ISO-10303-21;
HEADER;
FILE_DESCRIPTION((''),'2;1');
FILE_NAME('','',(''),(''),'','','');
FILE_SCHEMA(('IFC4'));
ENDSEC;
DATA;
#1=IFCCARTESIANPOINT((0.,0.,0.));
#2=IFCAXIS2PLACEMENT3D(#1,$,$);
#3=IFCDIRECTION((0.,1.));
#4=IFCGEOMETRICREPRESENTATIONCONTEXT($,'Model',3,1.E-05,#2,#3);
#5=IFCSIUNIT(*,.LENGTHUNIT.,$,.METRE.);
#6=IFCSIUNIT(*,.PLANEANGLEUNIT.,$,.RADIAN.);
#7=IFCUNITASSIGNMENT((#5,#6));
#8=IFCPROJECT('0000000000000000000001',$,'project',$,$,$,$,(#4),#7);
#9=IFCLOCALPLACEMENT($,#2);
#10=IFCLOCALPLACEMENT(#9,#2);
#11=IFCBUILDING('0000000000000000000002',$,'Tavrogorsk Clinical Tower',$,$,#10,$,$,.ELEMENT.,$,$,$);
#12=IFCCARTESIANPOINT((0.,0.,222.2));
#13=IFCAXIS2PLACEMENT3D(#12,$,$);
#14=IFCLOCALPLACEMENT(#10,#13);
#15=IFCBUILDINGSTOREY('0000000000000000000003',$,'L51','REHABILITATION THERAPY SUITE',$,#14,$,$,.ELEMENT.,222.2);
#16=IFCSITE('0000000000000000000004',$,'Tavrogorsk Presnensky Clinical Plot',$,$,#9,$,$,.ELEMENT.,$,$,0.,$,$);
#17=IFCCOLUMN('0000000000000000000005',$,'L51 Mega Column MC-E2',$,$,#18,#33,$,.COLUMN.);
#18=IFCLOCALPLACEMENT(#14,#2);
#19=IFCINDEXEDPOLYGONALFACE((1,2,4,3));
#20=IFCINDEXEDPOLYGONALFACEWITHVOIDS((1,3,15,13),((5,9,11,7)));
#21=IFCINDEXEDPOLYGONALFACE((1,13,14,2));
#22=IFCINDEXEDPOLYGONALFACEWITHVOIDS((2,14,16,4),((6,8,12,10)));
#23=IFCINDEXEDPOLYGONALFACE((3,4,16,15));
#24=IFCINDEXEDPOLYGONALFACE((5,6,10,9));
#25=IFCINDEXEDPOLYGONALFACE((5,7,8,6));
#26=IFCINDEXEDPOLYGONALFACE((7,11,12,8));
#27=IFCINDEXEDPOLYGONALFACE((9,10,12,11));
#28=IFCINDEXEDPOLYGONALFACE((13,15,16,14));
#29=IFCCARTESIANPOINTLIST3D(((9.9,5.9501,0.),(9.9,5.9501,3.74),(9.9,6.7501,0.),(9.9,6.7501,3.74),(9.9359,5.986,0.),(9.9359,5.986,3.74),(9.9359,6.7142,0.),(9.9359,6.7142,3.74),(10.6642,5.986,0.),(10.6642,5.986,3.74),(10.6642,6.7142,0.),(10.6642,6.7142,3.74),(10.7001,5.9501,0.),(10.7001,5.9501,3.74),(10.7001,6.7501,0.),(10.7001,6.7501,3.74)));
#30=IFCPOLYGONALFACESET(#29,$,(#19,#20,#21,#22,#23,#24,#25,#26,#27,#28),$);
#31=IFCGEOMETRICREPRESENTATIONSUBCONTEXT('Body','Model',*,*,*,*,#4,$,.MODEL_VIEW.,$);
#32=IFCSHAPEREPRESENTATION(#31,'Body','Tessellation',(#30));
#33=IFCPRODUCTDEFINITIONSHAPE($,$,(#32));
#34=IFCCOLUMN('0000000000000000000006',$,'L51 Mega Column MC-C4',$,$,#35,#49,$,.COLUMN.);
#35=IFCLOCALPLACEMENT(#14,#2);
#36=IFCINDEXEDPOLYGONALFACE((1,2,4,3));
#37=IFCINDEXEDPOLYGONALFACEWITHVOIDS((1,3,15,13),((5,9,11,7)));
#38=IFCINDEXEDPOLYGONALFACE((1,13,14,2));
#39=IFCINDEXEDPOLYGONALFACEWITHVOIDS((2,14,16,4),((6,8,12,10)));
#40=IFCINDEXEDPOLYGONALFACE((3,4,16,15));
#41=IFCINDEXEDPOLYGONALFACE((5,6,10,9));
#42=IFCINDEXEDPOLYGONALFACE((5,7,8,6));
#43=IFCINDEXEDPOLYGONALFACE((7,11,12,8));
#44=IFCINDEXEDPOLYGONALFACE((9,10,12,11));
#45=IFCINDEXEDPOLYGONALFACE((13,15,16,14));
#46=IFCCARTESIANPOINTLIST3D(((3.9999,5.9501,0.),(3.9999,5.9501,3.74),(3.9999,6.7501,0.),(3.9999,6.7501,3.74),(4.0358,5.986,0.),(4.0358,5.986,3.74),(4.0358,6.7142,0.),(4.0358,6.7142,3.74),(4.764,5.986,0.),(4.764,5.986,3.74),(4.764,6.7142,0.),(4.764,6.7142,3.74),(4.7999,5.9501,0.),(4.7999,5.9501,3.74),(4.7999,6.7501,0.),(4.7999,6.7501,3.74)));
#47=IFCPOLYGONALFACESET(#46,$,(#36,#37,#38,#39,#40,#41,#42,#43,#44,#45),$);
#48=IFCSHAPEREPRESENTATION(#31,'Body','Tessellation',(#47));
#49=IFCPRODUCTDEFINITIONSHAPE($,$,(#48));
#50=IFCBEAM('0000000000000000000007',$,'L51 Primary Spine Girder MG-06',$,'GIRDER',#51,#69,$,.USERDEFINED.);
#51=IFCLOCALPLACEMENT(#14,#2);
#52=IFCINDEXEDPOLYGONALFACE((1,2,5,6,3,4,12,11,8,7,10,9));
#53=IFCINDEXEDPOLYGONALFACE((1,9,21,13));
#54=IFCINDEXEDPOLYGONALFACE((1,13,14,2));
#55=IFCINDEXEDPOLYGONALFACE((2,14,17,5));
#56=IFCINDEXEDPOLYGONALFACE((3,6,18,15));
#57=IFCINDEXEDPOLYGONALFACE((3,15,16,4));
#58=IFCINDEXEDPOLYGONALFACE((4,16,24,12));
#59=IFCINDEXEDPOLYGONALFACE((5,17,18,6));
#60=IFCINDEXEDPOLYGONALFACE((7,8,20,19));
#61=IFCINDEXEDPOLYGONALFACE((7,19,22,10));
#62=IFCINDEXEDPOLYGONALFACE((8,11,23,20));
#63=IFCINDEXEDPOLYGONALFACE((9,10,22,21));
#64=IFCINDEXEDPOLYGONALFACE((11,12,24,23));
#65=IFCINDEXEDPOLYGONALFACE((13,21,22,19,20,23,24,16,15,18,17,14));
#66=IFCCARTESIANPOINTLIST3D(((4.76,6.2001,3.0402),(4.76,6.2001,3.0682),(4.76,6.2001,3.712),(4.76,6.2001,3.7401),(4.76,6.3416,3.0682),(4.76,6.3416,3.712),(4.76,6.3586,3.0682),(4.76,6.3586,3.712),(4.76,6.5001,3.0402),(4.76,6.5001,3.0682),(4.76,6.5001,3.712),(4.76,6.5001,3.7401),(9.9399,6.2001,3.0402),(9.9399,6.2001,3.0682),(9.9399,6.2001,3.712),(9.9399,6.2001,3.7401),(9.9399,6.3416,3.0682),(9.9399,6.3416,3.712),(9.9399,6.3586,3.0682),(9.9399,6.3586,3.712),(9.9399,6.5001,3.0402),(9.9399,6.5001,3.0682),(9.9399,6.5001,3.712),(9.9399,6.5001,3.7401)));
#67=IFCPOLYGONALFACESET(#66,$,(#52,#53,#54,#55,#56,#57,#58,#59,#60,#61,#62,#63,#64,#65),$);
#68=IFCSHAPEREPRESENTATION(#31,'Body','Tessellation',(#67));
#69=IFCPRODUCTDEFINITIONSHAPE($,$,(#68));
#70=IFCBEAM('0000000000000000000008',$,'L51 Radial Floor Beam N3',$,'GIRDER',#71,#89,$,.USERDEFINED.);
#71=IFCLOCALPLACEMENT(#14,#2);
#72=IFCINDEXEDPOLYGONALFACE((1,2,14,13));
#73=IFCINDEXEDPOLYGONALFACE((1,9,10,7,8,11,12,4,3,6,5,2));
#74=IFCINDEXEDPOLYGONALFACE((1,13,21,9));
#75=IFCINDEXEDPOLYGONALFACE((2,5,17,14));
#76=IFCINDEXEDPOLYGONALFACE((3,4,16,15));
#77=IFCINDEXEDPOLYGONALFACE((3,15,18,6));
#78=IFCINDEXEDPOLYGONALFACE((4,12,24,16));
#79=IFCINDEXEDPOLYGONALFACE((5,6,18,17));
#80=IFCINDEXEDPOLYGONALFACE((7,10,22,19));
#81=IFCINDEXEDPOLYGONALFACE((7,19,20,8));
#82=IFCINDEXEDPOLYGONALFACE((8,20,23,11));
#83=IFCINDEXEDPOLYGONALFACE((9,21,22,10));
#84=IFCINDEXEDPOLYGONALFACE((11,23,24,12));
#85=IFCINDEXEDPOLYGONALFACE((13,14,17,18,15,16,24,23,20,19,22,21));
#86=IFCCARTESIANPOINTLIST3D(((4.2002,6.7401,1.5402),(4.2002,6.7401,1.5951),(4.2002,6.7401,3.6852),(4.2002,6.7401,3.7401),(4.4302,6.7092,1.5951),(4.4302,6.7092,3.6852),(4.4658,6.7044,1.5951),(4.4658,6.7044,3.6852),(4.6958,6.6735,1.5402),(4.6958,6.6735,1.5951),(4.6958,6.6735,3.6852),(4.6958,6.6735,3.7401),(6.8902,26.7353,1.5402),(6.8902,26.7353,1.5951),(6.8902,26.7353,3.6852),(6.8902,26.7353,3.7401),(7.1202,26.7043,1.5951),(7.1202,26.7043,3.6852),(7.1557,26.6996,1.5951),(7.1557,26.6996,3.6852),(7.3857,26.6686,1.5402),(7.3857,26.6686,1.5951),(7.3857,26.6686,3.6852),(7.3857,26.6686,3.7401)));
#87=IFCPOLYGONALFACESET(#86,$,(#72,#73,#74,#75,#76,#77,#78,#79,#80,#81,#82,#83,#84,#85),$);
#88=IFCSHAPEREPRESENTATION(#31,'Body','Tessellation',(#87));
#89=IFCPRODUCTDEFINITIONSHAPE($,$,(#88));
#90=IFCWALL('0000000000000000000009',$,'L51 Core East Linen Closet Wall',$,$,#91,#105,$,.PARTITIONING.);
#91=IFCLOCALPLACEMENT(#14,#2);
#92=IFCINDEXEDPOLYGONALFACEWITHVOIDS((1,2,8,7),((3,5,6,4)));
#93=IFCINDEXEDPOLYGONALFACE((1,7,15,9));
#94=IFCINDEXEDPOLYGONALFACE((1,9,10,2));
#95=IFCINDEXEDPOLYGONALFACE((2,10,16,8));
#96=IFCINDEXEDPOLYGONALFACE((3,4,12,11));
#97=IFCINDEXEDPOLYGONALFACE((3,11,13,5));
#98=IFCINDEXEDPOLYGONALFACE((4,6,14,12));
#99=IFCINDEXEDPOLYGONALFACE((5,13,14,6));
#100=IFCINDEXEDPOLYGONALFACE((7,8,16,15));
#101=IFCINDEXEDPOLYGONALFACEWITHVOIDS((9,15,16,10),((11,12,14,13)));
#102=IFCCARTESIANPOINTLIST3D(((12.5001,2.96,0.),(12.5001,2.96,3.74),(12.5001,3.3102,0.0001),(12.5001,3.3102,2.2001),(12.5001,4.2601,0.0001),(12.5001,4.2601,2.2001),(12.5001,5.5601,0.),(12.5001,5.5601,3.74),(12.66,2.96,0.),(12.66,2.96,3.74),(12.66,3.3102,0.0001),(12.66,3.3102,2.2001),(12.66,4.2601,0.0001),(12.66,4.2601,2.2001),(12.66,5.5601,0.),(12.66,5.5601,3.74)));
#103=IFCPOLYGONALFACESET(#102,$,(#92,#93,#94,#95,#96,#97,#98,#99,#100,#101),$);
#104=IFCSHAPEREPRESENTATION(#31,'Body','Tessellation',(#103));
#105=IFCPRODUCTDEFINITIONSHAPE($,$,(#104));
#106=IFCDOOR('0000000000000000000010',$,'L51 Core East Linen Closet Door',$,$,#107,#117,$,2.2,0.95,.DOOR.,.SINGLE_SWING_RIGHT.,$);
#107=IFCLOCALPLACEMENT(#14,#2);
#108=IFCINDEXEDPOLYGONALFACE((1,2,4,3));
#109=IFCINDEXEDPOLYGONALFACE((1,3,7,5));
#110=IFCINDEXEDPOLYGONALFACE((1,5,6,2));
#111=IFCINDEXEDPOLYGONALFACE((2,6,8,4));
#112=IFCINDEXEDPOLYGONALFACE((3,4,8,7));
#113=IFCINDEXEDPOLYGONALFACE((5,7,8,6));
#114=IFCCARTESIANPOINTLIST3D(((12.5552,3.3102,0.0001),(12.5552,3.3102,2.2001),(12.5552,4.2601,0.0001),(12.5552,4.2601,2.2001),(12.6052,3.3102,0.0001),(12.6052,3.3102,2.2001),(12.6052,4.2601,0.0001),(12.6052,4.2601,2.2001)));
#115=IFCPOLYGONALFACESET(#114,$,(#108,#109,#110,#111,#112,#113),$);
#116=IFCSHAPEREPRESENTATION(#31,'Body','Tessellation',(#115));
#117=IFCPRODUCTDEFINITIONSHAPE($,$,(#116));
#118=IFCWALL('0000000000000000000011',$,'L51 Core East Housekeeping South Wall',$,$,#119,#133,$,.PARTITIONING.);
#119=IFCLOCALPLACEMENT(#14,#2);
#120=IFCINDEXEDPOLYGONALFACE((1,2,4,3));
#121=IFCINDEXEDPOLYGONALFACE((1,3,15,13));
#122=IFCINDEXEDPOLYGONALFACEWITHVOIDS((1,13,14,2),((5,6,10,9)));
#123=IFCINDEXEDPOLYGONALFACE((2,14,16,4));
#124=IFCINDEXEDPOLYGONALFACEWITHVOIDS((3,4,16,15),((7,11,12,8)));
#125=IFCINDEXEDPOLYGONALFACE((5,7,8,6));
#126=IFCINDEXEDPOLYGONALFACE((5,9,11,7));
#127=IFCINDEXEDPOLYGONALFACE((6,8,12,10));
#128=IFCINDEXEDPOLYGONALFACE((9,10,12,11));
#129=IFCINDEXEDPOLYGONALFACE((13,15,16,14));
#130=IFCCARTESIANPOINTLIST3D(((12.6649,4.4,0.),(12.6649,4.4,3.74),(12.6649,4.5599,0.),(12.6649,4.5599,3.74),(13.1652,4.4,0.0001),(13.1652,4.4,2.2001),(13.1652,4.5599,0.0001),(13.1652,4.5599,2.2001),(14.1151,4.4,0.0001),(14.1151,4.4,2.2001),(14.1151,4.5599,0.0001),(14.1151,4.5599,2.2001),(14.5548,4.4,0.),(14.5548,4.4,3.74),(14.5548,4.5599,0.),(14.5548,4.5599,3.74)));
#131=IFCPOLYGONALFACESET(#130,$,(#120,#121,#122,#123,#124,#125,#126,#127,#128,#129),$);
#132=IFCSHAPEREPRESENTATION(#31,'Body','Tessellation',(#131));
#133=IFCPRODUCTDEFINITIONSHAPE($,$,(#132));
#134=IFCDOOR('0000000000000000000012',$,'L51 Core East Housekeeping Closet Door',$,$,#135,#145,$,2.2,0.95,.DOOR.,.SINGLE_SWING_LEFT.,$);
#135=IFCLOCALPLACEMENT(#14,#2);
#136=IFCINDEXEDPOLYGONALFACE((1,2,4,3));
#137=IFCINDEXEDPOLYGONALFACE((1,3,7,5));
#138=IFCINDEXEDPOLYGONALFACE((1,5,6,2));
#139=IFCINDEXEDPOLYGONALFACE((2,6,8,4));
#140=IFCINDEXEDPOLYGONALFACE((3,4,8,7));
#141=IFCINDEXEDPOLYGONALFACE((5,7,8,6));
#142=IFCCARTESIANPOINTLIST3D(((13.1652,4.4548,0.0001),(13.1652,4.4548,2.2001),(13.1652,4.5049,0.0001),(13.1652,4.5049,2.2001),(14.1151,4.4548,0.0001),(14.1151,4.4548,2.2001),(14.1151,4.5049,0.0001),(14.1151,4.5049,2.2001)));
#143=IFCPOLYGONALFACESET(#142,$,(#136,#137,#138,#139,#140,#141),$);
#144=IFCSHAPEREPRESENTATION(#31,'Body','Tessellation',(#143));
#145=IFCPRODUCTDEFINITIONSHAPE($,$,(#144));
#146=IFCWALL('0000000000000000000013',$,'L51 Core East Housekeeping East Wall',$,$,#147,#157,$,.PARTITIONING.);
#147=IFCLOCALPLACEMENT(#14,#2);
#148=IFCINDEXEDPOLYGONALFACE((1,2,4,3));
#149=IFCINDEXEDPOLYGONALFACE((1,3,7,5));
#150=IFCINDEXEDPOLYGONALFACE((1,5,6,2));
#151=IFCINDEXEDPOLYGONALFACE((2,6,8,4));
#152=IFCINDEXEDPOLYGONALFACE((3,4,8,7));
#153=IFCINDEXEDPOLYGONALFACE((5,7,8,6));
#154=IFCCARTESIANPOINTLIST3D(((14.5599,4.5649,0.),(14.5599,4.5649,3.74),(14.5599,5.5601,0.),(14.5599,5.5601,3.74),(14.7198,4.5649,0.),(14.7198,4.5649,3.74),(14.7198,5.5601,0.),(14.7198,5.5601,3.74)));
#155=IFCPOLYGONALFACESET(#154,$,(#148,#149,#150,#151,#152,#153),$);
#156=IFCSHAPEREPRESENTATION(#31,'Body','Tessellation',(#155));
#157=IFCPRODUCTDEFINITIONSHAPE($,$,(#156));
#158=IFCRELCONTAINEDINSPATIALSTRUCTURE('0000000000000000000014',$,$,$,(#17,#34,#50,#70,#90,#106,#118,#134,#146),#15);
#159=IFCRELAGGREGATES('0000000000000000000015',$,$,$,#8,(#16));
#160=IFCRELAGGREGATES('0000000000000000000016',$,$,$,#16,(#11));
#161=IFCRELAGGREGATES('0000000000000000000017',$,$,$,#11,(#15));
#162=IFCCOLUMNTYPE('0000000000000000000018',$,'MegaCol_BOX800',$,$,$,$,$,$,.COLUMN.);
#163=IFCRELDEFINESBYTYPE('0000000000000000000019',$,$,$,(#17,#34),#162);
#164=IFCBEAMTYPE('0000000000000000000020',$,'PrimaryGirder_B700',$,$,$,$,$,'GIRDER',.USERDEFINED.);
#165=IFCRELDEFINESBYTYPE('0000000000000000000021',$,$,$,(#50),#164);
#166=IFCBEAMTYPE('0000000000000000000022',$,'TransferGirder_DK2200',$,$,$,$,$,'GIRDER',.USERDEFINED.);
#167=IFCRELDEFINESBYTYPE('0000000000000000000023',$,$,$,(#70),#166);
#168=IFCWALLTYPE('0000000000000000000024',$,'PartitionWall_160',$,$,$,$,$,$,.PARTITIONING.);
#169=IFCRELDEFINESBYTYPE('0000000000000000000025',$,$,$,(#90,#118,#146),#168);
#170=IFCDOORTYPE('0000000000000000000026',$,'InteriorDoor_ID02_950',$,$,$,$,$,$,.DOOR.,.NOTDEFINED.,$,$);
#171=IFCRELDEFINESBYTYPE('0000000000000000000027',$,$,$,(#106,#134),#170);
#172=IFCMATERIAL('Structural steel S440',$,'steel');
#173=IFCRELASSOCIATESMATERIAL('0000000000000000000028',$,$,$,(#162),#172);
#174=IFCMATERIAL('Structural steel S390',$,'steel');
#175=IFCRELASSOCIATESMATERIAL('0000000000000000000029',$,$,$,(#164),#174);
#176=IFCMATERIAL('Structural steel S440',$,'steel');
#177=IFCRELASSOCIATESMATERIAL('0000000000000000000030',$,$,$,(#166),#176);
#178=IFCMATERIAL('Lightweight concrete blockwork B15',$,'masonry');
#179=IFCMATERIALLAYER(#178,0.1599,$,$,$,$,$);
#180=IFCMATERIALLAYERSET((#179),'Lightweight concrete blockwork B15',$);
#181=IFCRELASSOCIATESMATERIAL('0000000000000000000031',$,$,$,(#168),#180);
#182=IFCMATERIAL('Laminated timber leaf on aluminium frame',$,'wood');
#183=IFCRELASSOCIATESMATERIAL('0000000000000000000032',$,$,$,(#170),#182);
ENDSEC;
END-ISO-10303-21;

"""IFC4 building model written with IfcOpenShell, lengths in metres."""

from ifc_helpers import new_model, si_unit, direction, frame, frame_2d, origin, origin_2d, place, context, subcontext, project, spatial, rectangle, hollow_rectangle, i_section, extrude, material, layer, layer_set, material_profile, profile_set, type_object, element, fill, save


model = new_model("IFC4")

# Units and contexts
model_context = context("Model", 3, precision=1e-05, world=origin(), true_north=direction((0.0, 1.0)))
body_context = subcontext(model_context, "Body", "Model", "MODEL_VIEW")
ifc_project = project(units=[si_unit("LENGTHUNIT", "METRE"), si_unit("PLANEANGLEUNIT", "RADIAN")], contexts=[model_context])

# Site, building, storey
site_placement = place(None, origin())
site = spatial("IfcSite", under=ifc_project, at=site_placement, Name="Tavrogorsk Presnensky Clinical Plot", CompositionType="ELEMENT", RefElevation=0.0)
building_placement = place(site_placement, origin())
building = spatial("IfcBuilding", under=site, at=building_placement, Name="Tavrogorsk Clinical Tower", CompositionType="ELEMENT")
storey_placement = place(building_placement, frame((0.0, 0.0, 222.2)))
storey = spatial("IfcBuildingStorey", under=building, at=storey_placement, Name="L51", Description="REHABILITATION THERAPY SUITE", CompositionType="ELEMENT", Elevation=222.2)

# Columns
ifc_material_1 = material(Name="Structural steel S440", Category="steel")
ifc_material_profile_1 = material_profile(ifc_material_1, hollow_rectangle(XDim=0.8, YDim=0.8, WallThickness=0.0359, at=origin_2d()), Name="BOX-800x800x36")
ifc_profile_set_1 = profile_set([ifc_material_profile_1], Name="Structural steel S440")
column_type = type_object("IfcColumnType", Name="MegaCol_BOX800", PredefinedType="COLUMN", material=ifc_profile_set_1)
for number, where, z_axis, x_axis, name in (
    (1, (10.3, 6.3501, 0.0), (0.0, 0.0, 1.0), (1.0, 0.0, 0.0), "L51 Mega Column MC-E2"),
    (2, (4.3999, 6.3501, 0.0), (0.0, 0.0, 1.0), (1.0, 0.0, 0.0), "L51 Mega Column MC-C4"),
):
    element("IfcColumn", number, at=place(storey_placement, frame(where, z_axis=z_axis, x_axis=x_axis)), inside=storey, type_object=column_type, Name=name, PredefinedType="COLUMN", context=body_context, shape_type="SweptSolid", body=[
        extrude(hollow_rectangle(XDim=0.8, YDim=0.8, WallThickness=0.0359, at=origin_2d()), origin(), (0.0, 0.0, 1.0), 3.74),
    ])

# Beams
ifc_material_2 = material(Name="Structural steel S390", Category="steel")
ifc_material_profile_2 = material_profile(ifc_material_2, i_section(OverallWidth=0.3, OverallDepth=0.7, WebThickness=0.0171, FlangeThickness=0.0281, at=origin_2d()), Name="B-700x300x17x28")
ifc_profile_set_2 = profile_set([ifc_material_profile_2], Name="Structural steel S390")
beam_type_1 = type_object("IfcBeamType", Name="PrimaryGirder_B700", ElementType="GIRDER", PredefinedType="USERDEFINED", material=ifc_profile_set_2)
beam_1_placement = place(storey_placement, frame((4.76, 6.3501, 3.3901), z_axis=(1.0, 0.0, 0.0), x_axis=(0.0, 1.0, 0.0)))
element("IfcBeam", 3, at=beam_1_placement, inside=storey, type_object=beam_type_1, Name="L51 Primary Spine Girder MG-06", ObjectType="GIRDER", PredefinedType="USERDEFINED", context=body_context, shape_type="SweptSolid", body=[
    extrude(i_section(OverallWidth=0.3, OverallDepth=0.7, WebThickness=0.0171, FlangeThickness=0.0281, at=origin_2d()), origin(), (0.0, 0.0, 1.0), 5.1799),
])
ifc_material_3 = material(Name="Structural steel S440", Category="steel")
ifc_material_profile_3 = material_profile(ifc_material_3, i_section(OverallWidth=0.5, OverallDepth=2.2, WebThickness=0.0359, FlangeThickness=0.0549, at=origin_2d()), Name="DK-2200x500x36x55")
ifc_profile_set_3 = profile_set([ifc_material_profile_3], Name="Structural steel S440")
beam_type_2 = type_object("IfcBeamType", Name="TransferGirder_DK2200", ElementType="GIRDER", PredefinedType="USERDEFINED", material=ifc_profile_set_3)
beam_2_placement = place(storey_placement, frame((4.448, 6.7068, 2.6401), z_axis=(0.133329, 0.991072, 0.0), x_axis=(-0.991072, 0.133329, 0.0)))
element("IfcBeam", 4, at=beam_2_placement, inside=storey, type_object=beam_type_2, Name="L51 Radial Floor Beam N3", ObjectType="GIRDER", PredefinedType="USERDEFINED", context=body_context, shape_type="SweptSolid", body=[
    extrude(i_section(OverallWidth=0.5, OverallDepth=2.2, WebThickness=0.0359, FlangeThickness=0.0549, at=origin_2d()), origin(), (0.0, 0.0, 1.0), 20.1753),
])

# Walls, openings, doors
ifc_material_4 = material(Name="Lightweight concrete blockwork B15", Category="masonry")
ifc_layer_1 = layer(ifc_material_4, 0.1599)
ifc_layer_set_1 = layer_set([ifc_layer_1], Name="Lightweight concrete blockwork B15")
wall_type_1 = type_object("IfcWallType", Name="PartitionWall_160", PredefinedType="PARTITIONING", material=ifc_layer_set_1)
wall_1_placement = place(storey_placement, frame((12.5801, 2.96, 0.0), z_axis=(0.0, 0.0, 1.0), x_axis=(0.0, 1.0, 0.0)))
wall_1 = element("IfcWall", 5, at=wall_1_placement, inside=storey, type_object=wall_type_1, Name="L51 Core East Linen Closet Wall", PredefinedType="PARTITIONING", context=body_context, shape_type="SweptSolid", body=[
    extrude(rectangle(XDim=2.6001, YDim=0.1599, at=frame_2d((1.3, 0.0))), origin(), (0.0, 0.0, 1.0), 3.74),
])
opening_1_placement = place(wall_1_placement, frame((0.3501, 0.0, 0.0)))
opening_1 = element("IfcOpeningElement", 6, at=opening_1_placement, cuts=wall_1, PredefinedType="OPENING", context=body_context, shape_type="SweptSolid", body=[
    extrude(rectangle(XDim=0.95, YDim=2.2, at=frame_2d((0.4751, 1.1001))), frame((0.0, 0.0898, 0.0), z_axis=(0.0, -1.0, 0.0), x_axis=(1.0, 0.0, 0.0)), (0.0, 0.0, 1.0), 0.1799),
])
ifc_material_5 = material(Name="Laminated timber leaf on aluminium frame", Category="wood")
door_type_1 = type_object("IfcDoorType", Name="InteriorDoor_ID02_950", OperationType="NOTDEFINED", PredefinedType="DOOR", material=ifc_material_5)
door_1_placement = place(opening_1_placement, origin())
door_1 = element("IfcDoor", 7, at=door_1_placement, inside=storey, type_object=door_type_1, Name="L51 Core East Linen Closet Door", OperationType="SINGLE_SWING_RIGHT", OverallHeight=2.2, OverallWidth=0.95, PredefinedType="DOOR", context=body_context, shape_type="SweptSolid", body=[
    extrude(rectangle(XDim=0.95, YDim=2.2, at=frame_2d((0.4751, 1.1001))), frame((0.0, 0.0249, 0.0), z_axis=(0.0, -1.0, 0.0), x_axis=(1.0, 0.0, 0.0)), (0.0, 0.0, 1.0), 0.05),
])
fill(opening_1, door_1)
wall_2_placement = place(storey_placement, frame((12.665, 4.48, 0.0), z_axis=(0.0, 0.0, 1.0), x_axis=(1.0, 0.0, 0.0)))
wall_2 = element("IfcWall", 8, at=wall_2_placement, inside=storey, type_object=wall_type_1, Name="L51 Core East Housekeeping South Wall", PredefinedType="PARTITIONING", context=body_context, shape_type="SweptSolid", body=[
    extrude(rectangle(XDim=1.8899, YDim=0.1599, at=frame_2d((0.9448, 0.0))), origin(), (0.0, 0.0, 1.0), 3.74),
])
opening_2_placement = place(wall_2_placement, frame((0.5, 0.0, 0.0)))
opening_2 = element("IfcOpeningElement", 9, at=opening_2_placement, cuts=wall_2, PredefinedType="OPENING", context=body_context, shape_type="SweptSolid", body=[
    extrude(rectangle(XDim=0.95, YDim=2.2, at=frame_2d((0.4751, 1.1001))), frame((0.0, 0.0898, 0.0), z_axis=(0.0, -1.0, 0.0), x_axis=(1.0, 0.0, 0.0)), (0.0, 0.0, 1.0), 0.1799),
])
door_2_placement = place(opening_2_placement, origin())
door_2 = element("IfcDoor", 10, at=door_2_placement, inside=storey, type_object=door_type_1, Name="L51 Core East Housekeeping Closet Door", OperationType="SINGLE_SWING_LEFT", OverallHeight=2.2, OverallWidth=0.95, PredefinedType="DOOR", context=body_context, shape_type="SweptSolid", body=[
    extrude(rectangle(XDim=0.95, YDim=2.2, at=frame_2d((0.4751, 1.1001))), frame((0.0, 0.0249, 0.0), z_axis=(0.0, -1.0, 0.0), x_axis=(1.0, 0.0, 0.0)), (0.0, 0.0, 1.0), 0.05),
])
fill(opening_2, door_2)

# Wall
wall_3_placement = place(storey_placement, frame((14.6399, 4.5649, 0.0), z_axis=(0.0, 0.0, 1.0), x_axis=(0.0, 1.0, 0.0)))
element("IfcWall", 11, at=wall_3_placement, inside=storey, type_object=wall_type_1, Name="L51 Core East Housekeeping East Wall", PredefinedType="PARTITIONING", context=body_context, shape_type="SweptSolid", body=[
    extrude(rectangle(XDim=0.9951, YDim=0.1599, at=frame_2d((0.4976, 0.0))), origin(), (0.0, 0.0, 1.0), 3.74),
])

save(model, "model.ifc")
